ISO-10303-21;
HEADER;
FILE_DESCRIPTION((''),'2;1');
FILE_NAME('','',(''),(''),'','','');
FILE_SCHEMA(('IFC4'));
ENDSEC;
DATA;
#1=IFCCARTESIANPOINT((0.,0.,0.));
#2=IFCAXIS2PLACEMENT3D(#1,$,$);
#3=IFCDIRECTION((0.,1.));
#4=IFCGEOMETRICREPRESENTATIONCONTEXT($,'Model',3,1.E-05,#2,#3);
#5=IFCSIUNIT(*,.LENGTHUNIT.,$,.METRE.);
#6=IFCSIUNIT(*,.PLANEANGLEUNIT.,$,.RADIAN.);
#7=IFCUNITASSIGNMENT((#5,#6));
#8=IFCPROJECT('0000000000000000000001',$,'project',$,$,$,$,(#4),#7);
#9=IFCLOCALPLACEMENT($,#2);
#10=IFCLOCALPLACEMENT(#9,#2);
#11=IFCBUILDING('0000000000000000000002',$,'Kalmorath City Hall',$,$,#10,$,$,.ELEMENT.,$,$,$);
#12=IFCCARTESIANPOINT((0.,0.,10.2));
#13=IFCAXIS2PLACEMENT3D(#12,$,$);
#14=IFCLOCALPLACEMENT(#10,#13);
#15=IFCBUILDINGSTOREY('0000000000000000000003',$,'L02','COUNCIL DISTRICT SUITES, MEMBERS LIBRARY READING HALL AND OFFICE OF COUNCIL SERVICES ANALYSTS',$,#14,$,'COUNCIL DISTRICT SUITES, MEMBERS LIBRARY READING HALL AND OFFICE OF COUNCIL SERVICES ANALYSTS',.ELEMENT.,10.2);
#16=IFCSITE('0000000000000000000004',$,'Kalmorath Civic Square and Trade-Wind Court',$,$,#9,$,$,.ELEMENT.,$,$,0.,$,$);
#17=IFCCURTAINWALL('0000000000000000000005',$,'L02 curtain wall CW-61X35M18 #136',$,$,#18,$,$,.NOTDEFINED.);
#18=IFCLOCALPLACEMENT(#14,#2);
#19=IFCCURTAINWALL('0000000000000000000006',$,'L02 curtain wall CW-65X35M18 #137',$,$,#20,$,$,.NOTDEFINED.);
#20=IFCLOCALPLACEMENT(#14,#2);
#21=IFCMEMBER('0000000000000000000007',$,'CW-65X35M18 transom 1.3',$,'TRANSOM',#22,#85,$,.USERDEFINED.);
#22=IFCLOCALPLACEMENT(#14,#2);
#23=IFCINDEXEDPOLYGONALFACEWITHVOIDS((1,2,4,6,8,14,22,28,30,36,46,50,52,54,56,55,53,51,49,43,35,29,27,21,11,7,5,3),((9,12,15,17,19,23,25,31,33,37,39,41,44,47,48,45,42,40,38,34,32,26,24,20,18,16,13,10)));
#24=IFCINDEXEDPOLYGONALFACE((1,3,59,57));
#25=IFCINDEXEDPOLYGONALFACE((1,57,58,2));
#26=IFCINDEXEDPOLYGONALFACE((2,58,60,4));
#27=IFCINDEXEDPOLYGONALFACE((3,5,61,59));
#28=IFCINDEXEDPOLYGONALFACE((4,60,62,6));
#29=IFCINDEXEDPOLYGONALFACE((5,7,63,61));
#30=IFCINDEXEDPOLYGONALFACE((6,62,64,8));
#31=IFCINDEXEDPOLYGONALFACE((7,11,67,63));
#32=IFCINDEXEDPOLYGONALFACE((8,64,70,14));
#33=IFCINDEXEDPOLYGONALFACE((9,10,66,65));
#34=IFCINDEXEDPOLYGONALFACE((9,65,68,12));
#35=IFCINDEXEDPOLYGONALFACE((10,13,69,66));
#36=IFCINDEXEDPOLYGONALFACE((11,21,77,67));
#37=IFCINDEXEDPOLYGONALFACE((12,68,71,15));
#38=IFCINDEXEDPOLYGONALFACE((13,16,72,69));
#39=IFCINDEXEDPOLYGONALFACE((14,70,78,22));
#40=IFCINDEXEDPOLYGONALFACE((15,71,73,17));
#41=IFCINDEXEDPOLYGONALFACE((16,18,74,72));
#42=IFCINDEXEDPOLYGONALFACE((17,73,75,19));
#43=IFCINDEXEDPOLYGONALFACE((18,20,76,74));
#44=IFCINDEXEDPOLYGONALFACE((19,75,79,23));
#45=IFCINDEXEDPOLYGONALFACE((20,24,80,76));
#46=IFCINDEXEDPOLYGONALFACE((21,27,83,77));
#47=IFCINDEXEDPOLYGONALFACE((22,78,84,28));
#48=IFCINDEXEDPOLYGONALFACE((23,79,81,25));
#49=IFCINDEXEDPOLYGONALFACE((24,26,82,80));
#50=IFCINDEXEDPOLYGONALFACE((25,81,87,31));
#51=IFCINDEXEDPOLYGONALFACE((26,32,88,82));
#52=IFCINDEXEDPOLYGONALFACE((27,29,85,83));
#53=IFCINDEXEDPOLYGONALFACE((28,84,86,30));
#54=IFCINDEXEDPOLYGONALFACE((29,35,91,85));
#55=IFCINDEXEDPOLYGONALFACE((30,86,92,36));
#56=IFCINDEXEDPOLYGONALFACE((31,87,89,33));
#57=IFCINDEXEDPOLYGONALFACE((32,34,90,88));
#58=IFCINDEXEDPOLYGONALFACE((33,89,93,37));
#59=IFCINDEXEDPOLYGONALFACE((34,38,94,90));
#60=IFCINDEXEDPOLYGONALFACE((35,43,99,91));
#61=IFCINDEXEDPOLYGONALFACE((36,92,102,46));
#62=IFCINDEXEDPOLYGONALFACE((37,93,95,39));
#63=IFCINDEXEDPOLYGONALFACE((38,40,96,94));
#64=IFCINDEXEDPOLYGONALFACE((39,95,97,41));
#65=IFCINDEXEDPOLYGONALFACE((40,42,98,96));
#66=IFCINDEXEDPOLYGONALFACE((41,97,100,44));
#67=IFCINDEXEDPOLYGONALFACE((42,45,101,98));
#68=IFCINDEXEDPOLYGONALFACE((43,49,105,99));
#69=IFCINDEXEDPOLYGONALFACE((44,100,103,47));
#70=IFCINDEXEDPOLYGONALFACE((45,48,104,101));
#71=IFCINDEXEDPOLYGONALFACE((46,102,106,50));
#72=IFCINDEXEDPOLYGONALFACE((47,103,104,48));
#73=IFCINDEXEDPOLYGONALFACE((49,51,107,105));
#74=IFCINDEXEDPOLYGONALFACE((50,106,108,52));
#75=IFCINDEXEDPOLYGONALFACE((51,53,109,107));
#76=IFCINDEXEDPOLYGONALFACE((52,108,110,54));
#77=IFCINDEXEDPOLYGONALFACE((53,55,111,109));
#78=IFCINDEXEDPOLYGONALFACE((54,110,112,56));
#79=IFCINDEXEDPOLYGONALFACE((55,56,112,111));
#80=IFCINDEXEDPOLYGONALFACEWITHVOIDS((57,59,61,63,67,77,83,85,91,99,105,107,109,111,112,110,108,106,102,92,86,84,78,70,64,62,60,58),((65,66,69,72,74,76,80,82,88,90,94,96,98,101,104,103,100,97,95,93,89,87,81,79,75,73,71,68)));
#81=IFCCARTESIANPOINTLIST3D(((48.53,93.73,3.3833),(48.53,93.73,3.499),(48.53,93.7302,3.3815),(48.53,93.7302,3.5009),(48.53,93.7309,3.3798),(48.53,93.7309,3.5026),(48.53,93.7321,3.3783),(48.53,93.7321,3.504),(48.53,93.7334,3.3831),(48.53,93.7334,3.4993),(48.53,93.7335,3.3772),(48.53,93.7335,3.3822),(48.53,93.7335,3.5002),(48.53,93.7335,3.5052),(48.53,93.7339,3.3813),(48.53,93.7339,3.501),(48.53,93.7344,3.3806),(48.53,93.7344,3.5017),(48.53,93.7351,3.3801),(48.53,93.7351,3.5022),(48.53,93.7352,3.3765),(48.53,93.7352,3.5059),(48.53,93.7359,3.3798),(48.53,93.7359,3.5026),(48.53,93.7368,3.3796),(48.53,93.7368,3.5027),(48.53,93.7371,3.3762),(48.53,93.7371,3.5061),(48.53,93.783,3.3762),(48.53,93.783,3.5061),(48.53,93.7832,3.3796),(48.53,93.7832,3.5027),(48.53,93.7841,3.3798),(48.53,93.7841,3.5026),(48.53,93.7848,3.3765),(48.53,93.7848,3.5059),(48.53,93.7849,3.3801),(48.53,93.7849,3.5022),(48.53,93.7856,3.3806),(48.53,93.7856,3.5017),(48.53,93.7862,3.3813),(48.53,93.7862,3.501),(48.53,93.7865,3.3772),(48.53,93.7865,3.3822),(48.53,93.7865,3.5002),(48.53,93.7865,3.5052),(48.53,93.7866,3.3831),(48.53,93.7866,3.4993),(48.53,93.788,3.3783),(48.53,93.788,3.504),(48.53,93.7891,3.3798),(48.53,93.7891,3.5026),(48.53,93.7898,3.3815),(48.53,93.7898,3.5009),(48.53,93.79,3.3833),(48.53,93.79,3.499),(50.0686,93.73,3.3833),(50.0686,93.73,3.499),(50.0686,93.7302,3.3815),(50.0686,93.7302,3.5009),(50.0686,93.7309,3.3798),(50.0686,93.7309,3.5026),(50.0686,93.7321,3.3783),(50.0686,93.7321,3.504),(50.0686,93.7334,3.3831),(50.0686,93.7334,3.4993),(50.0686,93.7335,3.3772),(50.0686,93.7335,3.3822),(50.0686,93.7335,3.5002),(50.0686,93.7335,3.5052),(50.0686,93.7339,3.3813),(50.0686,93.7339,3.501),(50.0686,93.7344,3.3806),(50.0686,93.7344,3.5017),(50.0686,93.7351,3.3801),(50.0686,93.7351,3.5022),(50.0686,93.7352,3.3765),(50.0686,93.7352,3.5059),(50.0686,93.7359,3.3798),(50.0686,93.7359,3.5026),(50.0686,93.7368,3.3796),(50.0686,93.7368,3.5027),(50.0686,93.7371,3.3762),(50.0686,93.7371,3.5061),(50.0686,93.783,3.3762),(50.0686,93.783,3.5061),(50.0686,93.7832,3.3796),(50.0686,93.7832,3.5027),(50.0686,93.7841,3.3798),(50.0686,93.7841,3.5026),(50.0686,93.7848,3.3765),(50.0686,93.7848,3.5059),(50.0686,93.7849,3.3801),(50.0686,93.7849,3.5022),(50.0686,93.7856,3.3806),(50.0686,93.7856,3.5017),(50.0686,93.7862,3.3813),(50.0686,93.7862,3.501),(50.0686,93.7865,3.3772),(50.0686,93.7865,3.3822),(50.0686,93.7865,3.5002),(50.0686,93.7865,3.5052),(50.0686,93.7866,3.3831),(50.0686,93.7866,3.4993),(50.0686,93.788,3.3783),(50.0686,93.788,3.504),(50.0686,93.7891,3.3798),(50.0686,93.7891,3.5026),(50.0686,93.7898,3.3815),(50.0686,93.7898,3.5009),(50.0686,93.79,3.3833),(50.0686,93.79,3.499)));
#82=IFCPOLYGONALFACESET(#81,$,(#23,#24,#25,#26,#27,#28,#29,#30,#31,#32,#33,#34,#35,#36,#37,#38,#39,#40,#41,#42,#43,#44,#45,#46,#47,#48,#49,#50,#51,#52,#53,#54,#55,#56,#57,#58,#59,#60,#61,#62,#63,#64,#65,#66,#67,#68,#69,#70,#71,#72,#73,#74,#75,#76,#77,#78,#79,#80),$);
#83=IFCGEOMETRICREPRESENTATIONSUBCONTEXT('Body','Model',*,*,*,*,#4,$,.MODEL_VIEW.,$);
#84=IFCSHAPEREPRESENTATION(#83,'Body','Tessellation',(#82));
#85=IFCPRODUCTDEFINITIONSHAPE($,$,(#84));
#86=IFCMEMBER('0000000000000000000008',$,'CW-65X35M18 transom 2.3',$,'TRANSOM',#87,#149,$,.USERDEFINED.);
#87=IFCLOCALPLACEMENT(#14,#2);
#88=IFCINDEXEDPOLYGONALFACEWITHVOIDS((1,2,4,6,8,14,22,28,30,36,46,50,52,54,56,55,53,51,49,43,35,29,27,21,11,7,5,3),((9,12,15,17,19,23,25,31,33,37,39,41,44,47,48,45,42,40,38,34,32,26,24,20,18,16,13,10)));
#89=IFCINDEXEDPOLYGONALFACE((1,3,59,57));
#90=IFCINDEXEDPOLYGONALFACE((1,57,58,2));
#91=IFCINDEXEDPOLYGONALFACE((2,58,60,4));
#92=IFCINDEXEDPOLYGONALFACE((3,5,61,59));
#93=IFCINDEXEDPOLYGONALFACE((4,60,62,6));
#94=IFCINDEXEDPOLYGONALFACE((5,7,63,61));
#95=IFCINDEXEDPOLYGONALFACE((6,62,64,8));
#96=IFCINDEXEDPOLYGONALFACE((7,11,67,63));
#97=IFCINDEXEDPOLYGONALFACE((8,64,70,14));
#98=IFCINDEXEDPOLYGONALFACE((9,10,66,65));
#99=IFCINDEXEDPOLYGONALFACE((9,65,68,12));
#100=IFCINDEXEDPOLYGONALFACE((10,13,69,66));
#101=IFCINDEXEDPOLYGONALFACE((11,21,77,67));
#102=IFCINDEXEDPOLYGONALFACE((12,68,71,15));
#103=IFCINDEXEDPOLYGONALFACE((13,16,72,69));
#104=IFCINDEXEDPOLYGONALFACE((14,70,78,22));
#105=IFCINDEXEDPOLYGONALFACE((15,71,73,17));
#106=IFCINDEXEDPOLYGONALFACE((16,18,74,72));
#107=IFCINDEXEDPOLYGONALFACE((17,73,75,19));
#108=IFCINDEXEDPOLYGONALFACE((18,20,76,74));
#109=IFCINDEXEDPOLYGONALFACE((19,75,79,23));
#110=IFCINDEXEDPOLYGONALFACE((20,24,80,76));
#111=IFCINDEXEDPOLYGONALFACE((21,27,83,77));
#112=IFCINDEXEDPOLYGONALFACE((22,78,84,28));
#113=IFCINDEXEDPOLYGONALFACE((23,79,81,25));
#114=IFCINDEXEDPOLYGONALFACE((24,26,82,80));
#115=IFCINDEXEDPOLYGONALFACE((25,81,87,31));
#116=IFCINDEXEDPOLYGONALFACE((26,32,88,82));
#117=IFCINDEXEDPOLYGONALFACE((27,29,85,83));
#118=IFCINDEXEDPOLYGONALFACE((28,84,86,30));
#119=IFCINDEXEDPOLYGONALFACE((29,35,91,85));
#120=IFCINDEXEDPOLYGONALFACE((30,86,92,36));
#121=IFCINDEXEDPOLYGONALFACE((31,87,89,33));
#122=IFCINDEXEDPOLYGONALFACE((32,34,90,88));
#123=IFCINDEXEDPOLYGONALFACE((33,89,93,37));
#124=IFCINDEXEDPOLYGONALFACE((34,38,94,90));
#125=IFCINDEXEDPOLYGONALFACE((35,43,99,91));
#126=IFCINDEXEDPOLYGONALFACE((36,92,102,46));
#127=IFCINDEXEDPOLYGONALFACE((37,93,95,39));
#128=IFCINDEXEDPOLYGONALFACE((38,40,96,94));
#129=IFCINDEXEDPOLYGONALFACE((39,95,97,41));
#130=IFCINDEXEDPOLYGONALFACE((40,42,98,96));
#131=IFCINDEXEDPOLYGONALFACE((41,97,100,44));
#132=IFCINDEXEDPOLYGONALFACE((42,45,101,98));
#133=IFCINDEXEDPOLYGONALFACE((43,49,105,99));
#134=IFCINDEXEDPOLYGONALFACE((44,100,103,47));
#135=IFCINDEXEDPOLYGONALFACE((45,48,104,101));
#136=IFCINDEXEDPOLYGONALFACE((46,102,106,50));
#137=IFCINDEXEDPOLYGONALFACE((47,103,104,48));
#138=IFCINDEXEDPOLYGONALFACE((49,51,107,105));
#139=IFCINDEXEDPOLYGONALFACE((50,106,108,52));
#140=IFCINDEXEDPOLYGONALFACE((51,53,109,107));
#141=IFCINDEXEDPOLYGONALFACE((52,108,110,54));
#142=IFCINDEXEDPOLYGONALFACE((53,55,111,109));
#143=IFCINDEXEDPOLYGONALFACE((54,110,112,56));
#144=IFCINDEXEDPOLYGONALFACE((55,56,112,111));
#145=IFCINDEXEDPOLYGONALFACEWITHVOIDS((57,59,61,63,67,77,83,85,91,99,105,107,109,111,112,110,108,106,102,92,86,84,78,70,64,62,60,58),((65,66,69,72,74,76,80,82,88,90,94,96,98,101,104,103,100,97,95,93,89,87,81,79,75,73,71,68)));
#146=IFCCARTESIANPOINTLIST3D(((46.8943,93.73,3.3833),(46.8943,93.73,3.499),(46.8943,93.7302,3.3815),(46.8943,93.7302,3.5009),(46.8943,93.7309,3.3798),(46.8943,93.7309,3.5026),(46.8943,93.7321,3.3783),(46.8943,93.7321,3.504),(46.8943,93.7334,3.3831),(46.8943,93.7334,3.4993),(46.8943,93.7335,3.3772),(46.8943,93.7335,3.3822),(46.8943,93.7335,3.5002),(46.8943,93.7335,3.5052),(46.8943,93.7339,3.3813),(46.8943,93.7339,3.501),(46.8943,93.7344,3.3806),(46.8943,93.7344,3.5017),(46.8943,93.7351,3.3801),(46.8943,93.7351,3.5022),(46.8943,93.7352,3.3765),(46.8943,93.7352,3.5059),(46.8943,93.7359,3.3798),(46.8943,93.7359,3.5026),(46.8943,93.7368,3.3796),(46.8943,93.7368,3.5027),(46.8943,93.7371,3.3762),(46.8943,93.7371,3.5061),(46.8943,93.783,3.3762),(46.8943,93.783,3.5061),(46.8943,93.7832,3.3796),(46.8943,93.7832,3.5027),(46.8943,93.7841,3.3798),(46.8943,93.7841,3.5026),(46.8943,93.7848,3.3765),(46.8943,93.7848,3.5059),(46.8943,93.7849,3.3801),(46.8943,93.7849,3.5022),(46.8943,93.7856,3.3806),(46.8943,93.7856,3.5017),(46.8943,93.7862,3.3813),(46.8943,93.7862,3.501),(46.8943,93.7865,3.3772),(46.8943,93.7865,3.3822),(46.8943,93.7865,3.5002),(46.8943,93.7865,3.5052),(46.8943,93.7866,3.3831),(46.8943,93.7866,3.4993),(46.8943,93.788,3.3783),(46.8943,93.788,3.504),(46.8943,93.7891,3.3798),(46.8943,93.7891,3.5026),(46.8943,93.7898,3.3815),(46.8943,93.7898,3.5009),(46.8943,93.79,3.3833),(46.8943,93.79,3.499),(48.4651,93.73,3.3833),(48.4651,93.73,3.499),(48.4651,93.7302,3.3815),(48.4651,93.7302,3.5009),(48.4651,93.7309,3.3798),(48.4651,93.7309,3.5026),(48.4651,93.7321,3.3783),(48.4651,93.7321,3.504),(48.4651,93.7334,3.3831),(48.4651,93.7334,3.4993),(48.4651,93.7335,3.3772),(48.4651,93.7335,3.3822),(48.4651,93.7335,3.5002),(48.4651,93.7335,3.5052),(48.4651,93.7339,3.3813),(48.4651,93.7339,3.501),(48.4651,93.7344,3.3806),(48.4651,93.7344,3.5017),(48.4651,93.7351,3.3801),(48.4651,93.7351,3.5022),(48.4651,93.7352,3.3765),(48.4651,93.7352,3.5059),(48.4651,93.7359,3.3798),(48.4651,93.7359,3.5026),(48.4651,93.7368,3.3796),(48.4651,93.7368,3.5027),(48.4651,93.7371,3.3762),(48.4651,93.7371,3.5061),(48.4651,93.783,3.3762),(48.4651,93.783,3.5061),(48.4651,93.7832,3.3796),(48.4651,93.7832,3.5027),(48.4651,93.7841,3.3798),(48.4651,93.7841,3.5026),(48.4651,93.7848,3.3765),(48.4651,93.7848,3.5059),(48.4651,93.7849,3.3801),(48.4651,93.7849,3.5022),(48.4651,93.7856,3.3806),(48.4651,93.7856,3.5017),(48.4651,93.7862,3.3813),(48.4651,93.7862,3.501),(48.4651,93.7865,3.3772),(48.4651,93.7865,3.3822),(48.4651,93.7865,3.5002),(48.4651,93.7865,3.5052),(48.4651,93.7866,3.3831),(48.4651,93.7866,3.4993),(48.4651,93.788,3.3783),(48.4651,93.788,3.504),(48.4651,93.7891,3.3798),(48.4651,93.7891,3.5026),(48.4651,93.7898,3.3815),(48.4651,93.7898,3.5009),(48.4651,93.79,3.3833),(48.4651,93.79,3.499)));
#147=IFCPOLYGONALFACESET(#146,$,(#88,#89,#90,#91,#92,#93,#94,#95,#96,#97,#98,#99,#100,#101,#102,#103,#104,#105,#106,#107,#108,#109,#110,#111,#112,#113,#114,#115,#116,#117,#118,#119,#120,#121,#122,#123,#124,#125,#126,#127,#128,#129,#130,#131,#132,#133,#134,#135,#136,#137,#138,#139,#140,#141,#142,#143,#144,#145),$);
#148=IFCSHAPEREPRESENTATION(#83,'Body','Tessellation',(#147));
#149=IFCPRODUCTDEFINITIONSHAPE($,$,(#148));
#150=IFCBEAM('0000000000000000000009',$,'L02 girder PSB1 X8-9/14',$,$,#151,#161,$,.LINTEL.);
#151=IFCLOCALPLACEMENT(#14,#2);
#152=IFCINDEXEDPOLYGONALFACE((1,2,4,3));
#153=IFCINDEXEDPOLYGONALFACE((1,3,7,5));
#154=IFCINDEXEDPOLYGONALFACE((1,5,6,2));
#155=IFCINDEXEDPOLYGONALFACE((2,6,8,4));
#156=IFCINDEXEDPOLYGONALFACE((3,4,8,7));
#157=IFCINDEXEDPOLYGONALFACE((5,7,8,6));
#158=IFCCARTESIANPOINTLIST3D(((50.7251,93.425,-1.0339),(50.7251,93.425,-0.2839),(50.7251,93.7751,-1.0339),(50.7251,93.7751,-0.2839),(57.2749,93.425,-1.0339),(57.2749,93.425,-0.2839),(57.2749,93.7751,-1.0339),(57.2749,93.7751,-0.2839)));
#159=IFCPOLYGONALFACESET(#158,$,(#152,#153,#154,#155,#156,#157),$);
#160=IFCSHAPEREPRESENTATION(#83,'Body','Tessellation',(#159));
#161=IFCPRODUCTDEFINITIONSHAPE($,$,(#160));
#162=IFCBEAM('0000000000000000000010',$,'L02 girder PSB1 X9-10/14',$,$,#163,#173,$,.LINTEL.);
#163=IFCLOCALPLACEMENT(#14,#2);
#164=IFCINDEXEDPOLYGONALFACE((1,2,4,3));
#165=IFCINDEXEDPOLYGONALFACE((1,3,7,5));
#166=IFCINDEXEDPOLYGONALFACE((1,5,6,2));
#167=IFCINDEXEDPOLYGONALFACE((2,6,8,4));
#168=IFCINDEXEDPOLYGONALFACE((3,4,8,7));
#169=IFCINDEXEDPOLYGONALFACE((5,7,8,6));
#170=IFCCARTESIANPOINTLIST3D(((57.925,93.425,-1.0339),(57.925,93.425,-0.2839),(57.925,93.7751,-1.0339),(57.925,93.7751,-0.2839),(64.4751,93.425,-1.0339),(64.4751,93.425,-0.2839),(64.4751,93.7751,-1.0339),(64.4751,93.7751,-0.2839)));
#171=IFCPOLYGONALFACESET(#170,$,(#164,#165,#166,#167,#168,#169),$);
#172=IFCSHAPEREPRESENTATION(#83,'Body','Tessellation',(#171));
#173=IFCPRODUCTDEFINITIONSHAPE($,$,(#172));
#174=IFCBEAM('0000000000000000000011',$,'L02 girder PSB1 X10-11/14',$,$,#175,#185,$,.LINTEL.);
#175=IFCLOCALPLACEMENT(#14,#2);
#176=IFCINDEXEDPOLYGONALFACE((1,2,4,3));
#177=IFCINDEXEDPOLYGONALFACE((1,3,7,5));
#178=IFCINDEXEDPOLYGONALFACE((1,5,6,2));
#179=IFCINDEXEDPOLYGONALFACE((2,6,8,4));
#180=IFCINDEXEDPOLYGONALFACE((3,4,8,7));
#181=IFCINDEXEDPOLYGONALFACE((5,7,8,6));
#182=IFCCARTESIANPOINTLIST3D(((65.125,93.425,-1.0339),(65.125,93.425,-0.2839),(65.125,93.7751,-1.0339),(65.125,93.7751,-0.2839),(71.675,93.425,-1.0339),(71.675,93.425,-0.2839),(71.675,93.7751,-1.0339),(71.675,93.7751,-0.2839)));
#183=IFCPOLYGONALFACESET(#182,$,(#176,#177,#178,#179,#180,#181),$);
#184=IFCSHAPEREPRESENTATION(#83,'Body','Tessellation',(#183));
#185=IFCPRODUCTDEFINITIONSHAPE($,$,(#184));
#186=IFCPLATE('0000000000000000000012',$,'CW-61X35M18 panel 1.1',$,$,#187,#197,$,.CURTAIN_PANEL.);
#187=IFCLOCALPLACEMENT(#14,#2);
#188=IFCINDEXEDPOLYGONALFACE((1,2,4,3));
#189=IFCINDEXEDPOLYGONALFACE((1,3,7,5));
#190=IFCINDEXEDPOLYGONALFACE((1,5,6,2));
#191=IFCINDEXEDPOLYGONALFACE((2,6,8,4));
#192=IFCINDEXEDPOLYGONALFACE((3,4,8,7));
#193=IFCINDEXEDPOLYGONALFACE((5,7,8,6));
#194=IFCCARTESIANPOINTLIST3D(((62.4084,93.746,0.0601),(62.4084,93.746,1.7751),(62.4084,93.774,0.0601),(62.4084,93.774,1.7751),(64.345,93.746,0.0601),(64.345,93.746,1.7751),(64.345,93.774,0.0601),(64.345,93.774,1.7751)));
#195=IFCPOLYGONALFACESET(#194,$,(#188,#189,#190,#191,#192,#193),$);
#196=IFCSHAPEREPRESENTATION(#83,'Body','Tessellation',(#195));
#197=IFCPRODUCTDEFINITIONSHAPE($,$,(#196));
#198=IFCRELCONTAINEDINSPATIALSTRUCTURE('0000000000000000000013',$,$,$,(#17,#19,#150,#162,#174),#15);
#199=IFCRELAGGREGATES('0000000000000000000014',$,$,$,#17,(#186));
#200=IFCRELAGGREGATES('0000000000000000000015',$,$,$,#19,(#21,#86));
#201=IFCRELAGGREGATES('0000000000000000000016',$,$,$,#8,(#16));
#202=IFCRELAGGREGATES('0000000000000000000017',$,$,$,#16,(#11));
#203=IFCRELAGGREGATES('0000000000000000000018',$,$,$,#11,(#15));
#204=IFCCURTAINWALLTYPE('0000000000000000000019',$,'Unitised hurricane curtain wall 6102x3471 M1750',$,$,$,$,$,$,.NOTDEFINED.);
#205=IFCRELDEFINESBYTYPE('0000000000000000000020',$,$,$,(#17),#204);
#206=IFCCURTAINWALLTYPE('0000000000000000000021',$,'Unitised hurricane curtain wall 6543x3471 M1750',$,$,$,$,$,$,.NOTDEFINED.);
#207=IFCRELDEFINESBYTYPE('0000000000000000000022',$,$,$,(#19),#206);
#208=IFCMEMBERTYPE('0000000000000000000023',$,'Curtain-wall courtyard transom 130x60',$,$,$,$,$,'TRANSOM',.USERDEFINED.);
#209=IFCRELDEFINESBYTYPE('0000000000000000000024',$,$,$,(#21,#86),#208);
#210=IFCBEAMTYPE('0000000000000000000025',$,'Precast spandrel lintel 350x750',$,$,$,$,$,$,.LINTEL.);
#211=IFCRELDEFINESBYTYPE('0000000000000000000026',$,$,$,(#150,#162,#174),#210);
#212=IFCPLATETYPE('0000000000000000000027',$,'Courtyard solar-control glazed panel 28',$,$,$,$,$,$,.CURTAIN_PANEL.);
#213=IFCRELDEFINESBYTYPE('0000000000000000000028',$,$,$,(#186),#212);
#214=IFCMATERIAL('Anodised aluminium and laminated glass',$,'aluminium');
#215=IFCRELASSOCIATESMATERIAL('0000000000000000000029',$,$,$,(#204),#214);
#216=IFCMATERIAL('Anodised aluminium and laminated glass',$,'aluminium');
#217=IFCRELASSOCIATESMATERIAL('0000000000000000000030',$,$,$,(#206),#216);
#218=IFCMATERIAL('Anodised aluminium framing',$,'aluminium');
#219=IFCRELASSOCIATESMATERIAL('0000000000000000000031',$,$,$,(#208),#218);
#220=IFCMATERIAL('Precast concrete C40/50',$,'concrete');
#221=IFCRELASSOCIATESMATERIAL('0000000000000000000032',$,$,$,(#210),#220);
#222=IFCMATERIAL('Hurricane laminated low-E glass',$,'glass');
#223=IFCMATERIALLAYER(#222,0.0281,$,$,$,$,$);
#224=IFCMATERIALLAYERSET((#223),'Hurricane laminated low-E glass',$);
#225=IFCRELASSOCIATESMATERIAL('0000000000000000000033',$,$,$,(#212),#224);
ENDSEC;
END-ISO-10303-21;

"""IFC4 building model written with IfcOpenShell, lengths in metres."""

from ifc_helpers import new_model, si_unit, direction, frame, origin, origin_2d, place, context, subcontext, project, spatial, rectangle, hollow_rectangle, extrude, material, layer, layer_set, material_profile, profile_set, type_object, element, aggregate, save


model = new_model("IFC4")

# Units and contexts
model_context = context("Model", 3, precision=1e-05, world=origin(), true_north=direction((0.0, 1.0)))
body_context = subcontext(model_context, "Body", "Model", "MODEL_VIEW")
ifc_project = project(units=[si_unit("LENGTHUNIT", "METRE"), si_unit("PLANEANGLEUNIT", "RADIAN")], contexts=[model_context])

# Site, building, storey
site_placement = place(None, origin())
site = spatial("IfcSite", under=ifc_project, at=site_placement, Name="Kalmorath Civic Square and Trade-Wind Court", CompositionType="ELEMENT", RefElevation=0.0)
building_placement = place(site_placement, origin())
building = spatial("IfcBuilding", under=site, at=building_placement, Name="Kalmorath City Hall", CompositionType="ELEMENT")
storey_placement = place(building_placement, frame((0.0, 0.0, 10.2)))
storey = spatial("IfcBuildingStorey", under=building, at=storey_placement, Name="L02", Description="COUNCIL DISTRICT SUITES, MEMBERS LIBRARY READING HALL AND OFFICE OF COUNCIL SERVICES ANALYSTS", LongName="COUNCIL DISTRICT SUITES, MEMBERS LIBRARY READING HALL AND OFFICE OF COUNCIL SERVICES ANALYSTS", CompositionType="ELEMENT", Elevation=10.2)

# Curtain walls
ifc_material_1 = material(Name="Anodised aluminium and laminated glass", Category="aluminium")
curtain_wall_type_1 = type_object("IfcCurtainWallType", Name="Unitised hurricane curtain wall 6102x3471 M1750", PredefinedType="NOTDEFINED", material=ifc_material_1)
curtain_wall_1_placement = place(storey_placement, origin())
curtain_wall_1 = element("IfcCurtainWall", 1, at=curtain_wall_1_placement, inside=storey, type_object=curtain_wall_type_1, Name="L02 curtain wall CW-61X35M18 #136", PredefinedType="NOTDEFINED")
ifc_material_2 = material(Name="Anodised aluminium and laminated glass", Category="aluminium")
curtain_wall_type_2 = type_object("IfcCurtainWallType", Name="Unitised hurricane curtain wall 6543x3471 M1750", PredefinedType="NOTDEFINED", material=ifc_material_2)
curtain_wall_2_placement = place(storey_placement, origin())
curtain_wall_2 = element("IfcCurtainWall", 2, at=curtain_wall_2_placement, inside=storey, type_object=curtain_wall_type_2, Name="L02 curtain wall CW-65X35M18 #137", PredefinedType="NOTDEFINED")

# Members
ifc_material_3 = material(Name="Anodised aluminium framing", Category="aluminium")
ifc_material_profile_1 = material_profile(ifc_material_3, hollow_rectangle(XDim=0.0601, YDim=0.1299, WallThickness=0.0034, InnerFilletRadius=0.0034, OuterFilletRadius=0.0071, at=origin_2d()), Name="ALU-TRN-130X60X3.5")
ifc_profile_set_1 = profile_set([ifc_material_profile_1], Name="Anodised aluminium framing")
member_type_1 = type_object("IfcMemberType", Name="Curtain-wall courtyard transom 130x60", ElementType="TRANSOM", PredefinedType="USERDEFINED", material=ifc_profile_set_1)
member_1_placement = place(storey_placement, frame((50.0686, 93.76, 3.4412), z_axis=(-1.0, 0.0, 0.0), x_axis=(0.0, -1.0, 0.0)))
member_1 = element("IfcMember", 3, at=member_1_placement, type_object=member_type_1, Name="CW-65X35M18 transom 1.3", ObjectType="TRANSOM", PredefinedType="USERDEFINED", context=body_context, shape_type="SweptSolid", body=[
    extrude(hollow_rectangle(XDim=0.0601, YDim=0.1299, WallThickness=0.0034, InnerFilletRadius=0.0034, OuterFilletRadius=0.0071, at=origin_2d()), origin(), (0.0, 0.0, 1.0), 1.5386),
])
member_2_placement = place(storey_placement, frame((48.4651, 93.76, 3.4412), z_axis=(-1.0, 0.0, 0.0), x_axis=(0.0, -1.0, 0.0)))
member_2 = element("IfcMember", 4, at=member_2_placement, type_object=member_type_1, Name="CW-65X35M18 transom 2.3", ObjectType="TRANSOM", PredefinedType="USERDEFINED", context=body_context, shape_type="SweptSolid", body=[
    extrude(hollow_rectangle(XDim=0.0601, YDim=0.1299, WallThickness=0.0034, InnerFilletRadius=0.0034, OuterFilletRadius=0.0071, at=origin_2d()), origin(), (0.0, 0.0, 1.0), 1.5708),
])

# Beams
ifc_material_4 = material(Name="Precast concrete C40/50", Category="concrete")
ifc_material_profile_2 = material_profile(ifc_material_4, rectangle(XDim=0.3501, YDim=0.75, at=origin_2d()), Name="PC-SP-350X750")
ifc_profile_set_2 = profile_set([ifc_material_profile_2], Name="Precast concrete C40/50")
beam_type_1 = type_object("IfcBeamType", Name="Precast spandrel lintel 350x750", PredefinedType="LINTEL", material=ifc_profile_set_2)
beam_1_placement = place(storey_placement, frame((50.7251, 93.6001, -0.6589), z_axis=(1.0, 0.0, 0.0), x_axis=(0.0, 1.0, 0.0)))
element("IfcBeam", 5, at=beam_1_placement, inside=storey, type_object=beam_type_1, Name="L02 girder PSB1 X8-9/14", PredefinedType="LINTEL", context=body_context, shape_type="SweptSolid", body=[
    extrude(rectangle(XDim=0.3501, YDim=0.75, at=origin_2d()), origin(), (0.0, 0.0, 1.0), 6.5498),
])
for number, where, z_axis, x_axis, name in (
    (6, (57.925, 93.6001, -0.6589), (1.0, 0.0, 0.0), (0.0, 1.0, 0.0), "L02 girder PSB1 X9-10/14"),
    (7, (65.125, 93.6001, -0.6589), (1.0, 0.0, 0.0), (0.0, 1.0, 0.0), "L02 girder PSB1 X10-11/14"),
):
    element("IfcBeam", number, at=place(storey_placement, frame(where, z_axis=z_axis, x_axis=x_axis)), inside=storey, type_object=beam_type_1, Name=name, PredefinedType="LINTEL", context=body_context, shape_type="SweptSolid", body=[
        extrude(rectangle(XDim=0.3501, YDim=0.75, at=origin_2d()), origin(), (0.0, 0.0, 1.0), 6.55),
    ])

# Plate
ifc_material_5 = material(Name="Hurricane laminated low-E glass", Category="glass")
ifc_layer_1 = layer(ifc_material_5, 0.0281)
ifc_layer_set_1 = layer_set([ifc_layer_1], Name="Hurricane laminated low-E glass")
plate_type = type_object("IfcPlateType", Name="Courtyard solar-control glazed panel 28", PredefinedType="CURTAIN_PANEL", material=ifc_layer_set_1)
plate_1_placement = place(storey_placement, frame((63.3767, 93.76, 0.0601), z_axis=(0.0, 0.0, 1.0), x_axis=(-1.0, 0.0, 0.0)))
plate_1 = element("IfcPlate", 8, at=plate_1_placement, type_object=plate_type, Name="CW-61X35M18 panel 1.1", PredefinedType="CURTAIN_PANEL", context=body_context, shape_type="SweptSolid", body=[
    extrude(rectangle(XDim=1.9365, YDim=0.0281, at=origin_2d()), origin(), (0.0, 0.0, 1.0), 1.7151),
])
aggregate(curtain_wall_1, [plate_1])
aggregate(curtain_wall_2, [member_1, member_2])

save(model, "model.ifc")
